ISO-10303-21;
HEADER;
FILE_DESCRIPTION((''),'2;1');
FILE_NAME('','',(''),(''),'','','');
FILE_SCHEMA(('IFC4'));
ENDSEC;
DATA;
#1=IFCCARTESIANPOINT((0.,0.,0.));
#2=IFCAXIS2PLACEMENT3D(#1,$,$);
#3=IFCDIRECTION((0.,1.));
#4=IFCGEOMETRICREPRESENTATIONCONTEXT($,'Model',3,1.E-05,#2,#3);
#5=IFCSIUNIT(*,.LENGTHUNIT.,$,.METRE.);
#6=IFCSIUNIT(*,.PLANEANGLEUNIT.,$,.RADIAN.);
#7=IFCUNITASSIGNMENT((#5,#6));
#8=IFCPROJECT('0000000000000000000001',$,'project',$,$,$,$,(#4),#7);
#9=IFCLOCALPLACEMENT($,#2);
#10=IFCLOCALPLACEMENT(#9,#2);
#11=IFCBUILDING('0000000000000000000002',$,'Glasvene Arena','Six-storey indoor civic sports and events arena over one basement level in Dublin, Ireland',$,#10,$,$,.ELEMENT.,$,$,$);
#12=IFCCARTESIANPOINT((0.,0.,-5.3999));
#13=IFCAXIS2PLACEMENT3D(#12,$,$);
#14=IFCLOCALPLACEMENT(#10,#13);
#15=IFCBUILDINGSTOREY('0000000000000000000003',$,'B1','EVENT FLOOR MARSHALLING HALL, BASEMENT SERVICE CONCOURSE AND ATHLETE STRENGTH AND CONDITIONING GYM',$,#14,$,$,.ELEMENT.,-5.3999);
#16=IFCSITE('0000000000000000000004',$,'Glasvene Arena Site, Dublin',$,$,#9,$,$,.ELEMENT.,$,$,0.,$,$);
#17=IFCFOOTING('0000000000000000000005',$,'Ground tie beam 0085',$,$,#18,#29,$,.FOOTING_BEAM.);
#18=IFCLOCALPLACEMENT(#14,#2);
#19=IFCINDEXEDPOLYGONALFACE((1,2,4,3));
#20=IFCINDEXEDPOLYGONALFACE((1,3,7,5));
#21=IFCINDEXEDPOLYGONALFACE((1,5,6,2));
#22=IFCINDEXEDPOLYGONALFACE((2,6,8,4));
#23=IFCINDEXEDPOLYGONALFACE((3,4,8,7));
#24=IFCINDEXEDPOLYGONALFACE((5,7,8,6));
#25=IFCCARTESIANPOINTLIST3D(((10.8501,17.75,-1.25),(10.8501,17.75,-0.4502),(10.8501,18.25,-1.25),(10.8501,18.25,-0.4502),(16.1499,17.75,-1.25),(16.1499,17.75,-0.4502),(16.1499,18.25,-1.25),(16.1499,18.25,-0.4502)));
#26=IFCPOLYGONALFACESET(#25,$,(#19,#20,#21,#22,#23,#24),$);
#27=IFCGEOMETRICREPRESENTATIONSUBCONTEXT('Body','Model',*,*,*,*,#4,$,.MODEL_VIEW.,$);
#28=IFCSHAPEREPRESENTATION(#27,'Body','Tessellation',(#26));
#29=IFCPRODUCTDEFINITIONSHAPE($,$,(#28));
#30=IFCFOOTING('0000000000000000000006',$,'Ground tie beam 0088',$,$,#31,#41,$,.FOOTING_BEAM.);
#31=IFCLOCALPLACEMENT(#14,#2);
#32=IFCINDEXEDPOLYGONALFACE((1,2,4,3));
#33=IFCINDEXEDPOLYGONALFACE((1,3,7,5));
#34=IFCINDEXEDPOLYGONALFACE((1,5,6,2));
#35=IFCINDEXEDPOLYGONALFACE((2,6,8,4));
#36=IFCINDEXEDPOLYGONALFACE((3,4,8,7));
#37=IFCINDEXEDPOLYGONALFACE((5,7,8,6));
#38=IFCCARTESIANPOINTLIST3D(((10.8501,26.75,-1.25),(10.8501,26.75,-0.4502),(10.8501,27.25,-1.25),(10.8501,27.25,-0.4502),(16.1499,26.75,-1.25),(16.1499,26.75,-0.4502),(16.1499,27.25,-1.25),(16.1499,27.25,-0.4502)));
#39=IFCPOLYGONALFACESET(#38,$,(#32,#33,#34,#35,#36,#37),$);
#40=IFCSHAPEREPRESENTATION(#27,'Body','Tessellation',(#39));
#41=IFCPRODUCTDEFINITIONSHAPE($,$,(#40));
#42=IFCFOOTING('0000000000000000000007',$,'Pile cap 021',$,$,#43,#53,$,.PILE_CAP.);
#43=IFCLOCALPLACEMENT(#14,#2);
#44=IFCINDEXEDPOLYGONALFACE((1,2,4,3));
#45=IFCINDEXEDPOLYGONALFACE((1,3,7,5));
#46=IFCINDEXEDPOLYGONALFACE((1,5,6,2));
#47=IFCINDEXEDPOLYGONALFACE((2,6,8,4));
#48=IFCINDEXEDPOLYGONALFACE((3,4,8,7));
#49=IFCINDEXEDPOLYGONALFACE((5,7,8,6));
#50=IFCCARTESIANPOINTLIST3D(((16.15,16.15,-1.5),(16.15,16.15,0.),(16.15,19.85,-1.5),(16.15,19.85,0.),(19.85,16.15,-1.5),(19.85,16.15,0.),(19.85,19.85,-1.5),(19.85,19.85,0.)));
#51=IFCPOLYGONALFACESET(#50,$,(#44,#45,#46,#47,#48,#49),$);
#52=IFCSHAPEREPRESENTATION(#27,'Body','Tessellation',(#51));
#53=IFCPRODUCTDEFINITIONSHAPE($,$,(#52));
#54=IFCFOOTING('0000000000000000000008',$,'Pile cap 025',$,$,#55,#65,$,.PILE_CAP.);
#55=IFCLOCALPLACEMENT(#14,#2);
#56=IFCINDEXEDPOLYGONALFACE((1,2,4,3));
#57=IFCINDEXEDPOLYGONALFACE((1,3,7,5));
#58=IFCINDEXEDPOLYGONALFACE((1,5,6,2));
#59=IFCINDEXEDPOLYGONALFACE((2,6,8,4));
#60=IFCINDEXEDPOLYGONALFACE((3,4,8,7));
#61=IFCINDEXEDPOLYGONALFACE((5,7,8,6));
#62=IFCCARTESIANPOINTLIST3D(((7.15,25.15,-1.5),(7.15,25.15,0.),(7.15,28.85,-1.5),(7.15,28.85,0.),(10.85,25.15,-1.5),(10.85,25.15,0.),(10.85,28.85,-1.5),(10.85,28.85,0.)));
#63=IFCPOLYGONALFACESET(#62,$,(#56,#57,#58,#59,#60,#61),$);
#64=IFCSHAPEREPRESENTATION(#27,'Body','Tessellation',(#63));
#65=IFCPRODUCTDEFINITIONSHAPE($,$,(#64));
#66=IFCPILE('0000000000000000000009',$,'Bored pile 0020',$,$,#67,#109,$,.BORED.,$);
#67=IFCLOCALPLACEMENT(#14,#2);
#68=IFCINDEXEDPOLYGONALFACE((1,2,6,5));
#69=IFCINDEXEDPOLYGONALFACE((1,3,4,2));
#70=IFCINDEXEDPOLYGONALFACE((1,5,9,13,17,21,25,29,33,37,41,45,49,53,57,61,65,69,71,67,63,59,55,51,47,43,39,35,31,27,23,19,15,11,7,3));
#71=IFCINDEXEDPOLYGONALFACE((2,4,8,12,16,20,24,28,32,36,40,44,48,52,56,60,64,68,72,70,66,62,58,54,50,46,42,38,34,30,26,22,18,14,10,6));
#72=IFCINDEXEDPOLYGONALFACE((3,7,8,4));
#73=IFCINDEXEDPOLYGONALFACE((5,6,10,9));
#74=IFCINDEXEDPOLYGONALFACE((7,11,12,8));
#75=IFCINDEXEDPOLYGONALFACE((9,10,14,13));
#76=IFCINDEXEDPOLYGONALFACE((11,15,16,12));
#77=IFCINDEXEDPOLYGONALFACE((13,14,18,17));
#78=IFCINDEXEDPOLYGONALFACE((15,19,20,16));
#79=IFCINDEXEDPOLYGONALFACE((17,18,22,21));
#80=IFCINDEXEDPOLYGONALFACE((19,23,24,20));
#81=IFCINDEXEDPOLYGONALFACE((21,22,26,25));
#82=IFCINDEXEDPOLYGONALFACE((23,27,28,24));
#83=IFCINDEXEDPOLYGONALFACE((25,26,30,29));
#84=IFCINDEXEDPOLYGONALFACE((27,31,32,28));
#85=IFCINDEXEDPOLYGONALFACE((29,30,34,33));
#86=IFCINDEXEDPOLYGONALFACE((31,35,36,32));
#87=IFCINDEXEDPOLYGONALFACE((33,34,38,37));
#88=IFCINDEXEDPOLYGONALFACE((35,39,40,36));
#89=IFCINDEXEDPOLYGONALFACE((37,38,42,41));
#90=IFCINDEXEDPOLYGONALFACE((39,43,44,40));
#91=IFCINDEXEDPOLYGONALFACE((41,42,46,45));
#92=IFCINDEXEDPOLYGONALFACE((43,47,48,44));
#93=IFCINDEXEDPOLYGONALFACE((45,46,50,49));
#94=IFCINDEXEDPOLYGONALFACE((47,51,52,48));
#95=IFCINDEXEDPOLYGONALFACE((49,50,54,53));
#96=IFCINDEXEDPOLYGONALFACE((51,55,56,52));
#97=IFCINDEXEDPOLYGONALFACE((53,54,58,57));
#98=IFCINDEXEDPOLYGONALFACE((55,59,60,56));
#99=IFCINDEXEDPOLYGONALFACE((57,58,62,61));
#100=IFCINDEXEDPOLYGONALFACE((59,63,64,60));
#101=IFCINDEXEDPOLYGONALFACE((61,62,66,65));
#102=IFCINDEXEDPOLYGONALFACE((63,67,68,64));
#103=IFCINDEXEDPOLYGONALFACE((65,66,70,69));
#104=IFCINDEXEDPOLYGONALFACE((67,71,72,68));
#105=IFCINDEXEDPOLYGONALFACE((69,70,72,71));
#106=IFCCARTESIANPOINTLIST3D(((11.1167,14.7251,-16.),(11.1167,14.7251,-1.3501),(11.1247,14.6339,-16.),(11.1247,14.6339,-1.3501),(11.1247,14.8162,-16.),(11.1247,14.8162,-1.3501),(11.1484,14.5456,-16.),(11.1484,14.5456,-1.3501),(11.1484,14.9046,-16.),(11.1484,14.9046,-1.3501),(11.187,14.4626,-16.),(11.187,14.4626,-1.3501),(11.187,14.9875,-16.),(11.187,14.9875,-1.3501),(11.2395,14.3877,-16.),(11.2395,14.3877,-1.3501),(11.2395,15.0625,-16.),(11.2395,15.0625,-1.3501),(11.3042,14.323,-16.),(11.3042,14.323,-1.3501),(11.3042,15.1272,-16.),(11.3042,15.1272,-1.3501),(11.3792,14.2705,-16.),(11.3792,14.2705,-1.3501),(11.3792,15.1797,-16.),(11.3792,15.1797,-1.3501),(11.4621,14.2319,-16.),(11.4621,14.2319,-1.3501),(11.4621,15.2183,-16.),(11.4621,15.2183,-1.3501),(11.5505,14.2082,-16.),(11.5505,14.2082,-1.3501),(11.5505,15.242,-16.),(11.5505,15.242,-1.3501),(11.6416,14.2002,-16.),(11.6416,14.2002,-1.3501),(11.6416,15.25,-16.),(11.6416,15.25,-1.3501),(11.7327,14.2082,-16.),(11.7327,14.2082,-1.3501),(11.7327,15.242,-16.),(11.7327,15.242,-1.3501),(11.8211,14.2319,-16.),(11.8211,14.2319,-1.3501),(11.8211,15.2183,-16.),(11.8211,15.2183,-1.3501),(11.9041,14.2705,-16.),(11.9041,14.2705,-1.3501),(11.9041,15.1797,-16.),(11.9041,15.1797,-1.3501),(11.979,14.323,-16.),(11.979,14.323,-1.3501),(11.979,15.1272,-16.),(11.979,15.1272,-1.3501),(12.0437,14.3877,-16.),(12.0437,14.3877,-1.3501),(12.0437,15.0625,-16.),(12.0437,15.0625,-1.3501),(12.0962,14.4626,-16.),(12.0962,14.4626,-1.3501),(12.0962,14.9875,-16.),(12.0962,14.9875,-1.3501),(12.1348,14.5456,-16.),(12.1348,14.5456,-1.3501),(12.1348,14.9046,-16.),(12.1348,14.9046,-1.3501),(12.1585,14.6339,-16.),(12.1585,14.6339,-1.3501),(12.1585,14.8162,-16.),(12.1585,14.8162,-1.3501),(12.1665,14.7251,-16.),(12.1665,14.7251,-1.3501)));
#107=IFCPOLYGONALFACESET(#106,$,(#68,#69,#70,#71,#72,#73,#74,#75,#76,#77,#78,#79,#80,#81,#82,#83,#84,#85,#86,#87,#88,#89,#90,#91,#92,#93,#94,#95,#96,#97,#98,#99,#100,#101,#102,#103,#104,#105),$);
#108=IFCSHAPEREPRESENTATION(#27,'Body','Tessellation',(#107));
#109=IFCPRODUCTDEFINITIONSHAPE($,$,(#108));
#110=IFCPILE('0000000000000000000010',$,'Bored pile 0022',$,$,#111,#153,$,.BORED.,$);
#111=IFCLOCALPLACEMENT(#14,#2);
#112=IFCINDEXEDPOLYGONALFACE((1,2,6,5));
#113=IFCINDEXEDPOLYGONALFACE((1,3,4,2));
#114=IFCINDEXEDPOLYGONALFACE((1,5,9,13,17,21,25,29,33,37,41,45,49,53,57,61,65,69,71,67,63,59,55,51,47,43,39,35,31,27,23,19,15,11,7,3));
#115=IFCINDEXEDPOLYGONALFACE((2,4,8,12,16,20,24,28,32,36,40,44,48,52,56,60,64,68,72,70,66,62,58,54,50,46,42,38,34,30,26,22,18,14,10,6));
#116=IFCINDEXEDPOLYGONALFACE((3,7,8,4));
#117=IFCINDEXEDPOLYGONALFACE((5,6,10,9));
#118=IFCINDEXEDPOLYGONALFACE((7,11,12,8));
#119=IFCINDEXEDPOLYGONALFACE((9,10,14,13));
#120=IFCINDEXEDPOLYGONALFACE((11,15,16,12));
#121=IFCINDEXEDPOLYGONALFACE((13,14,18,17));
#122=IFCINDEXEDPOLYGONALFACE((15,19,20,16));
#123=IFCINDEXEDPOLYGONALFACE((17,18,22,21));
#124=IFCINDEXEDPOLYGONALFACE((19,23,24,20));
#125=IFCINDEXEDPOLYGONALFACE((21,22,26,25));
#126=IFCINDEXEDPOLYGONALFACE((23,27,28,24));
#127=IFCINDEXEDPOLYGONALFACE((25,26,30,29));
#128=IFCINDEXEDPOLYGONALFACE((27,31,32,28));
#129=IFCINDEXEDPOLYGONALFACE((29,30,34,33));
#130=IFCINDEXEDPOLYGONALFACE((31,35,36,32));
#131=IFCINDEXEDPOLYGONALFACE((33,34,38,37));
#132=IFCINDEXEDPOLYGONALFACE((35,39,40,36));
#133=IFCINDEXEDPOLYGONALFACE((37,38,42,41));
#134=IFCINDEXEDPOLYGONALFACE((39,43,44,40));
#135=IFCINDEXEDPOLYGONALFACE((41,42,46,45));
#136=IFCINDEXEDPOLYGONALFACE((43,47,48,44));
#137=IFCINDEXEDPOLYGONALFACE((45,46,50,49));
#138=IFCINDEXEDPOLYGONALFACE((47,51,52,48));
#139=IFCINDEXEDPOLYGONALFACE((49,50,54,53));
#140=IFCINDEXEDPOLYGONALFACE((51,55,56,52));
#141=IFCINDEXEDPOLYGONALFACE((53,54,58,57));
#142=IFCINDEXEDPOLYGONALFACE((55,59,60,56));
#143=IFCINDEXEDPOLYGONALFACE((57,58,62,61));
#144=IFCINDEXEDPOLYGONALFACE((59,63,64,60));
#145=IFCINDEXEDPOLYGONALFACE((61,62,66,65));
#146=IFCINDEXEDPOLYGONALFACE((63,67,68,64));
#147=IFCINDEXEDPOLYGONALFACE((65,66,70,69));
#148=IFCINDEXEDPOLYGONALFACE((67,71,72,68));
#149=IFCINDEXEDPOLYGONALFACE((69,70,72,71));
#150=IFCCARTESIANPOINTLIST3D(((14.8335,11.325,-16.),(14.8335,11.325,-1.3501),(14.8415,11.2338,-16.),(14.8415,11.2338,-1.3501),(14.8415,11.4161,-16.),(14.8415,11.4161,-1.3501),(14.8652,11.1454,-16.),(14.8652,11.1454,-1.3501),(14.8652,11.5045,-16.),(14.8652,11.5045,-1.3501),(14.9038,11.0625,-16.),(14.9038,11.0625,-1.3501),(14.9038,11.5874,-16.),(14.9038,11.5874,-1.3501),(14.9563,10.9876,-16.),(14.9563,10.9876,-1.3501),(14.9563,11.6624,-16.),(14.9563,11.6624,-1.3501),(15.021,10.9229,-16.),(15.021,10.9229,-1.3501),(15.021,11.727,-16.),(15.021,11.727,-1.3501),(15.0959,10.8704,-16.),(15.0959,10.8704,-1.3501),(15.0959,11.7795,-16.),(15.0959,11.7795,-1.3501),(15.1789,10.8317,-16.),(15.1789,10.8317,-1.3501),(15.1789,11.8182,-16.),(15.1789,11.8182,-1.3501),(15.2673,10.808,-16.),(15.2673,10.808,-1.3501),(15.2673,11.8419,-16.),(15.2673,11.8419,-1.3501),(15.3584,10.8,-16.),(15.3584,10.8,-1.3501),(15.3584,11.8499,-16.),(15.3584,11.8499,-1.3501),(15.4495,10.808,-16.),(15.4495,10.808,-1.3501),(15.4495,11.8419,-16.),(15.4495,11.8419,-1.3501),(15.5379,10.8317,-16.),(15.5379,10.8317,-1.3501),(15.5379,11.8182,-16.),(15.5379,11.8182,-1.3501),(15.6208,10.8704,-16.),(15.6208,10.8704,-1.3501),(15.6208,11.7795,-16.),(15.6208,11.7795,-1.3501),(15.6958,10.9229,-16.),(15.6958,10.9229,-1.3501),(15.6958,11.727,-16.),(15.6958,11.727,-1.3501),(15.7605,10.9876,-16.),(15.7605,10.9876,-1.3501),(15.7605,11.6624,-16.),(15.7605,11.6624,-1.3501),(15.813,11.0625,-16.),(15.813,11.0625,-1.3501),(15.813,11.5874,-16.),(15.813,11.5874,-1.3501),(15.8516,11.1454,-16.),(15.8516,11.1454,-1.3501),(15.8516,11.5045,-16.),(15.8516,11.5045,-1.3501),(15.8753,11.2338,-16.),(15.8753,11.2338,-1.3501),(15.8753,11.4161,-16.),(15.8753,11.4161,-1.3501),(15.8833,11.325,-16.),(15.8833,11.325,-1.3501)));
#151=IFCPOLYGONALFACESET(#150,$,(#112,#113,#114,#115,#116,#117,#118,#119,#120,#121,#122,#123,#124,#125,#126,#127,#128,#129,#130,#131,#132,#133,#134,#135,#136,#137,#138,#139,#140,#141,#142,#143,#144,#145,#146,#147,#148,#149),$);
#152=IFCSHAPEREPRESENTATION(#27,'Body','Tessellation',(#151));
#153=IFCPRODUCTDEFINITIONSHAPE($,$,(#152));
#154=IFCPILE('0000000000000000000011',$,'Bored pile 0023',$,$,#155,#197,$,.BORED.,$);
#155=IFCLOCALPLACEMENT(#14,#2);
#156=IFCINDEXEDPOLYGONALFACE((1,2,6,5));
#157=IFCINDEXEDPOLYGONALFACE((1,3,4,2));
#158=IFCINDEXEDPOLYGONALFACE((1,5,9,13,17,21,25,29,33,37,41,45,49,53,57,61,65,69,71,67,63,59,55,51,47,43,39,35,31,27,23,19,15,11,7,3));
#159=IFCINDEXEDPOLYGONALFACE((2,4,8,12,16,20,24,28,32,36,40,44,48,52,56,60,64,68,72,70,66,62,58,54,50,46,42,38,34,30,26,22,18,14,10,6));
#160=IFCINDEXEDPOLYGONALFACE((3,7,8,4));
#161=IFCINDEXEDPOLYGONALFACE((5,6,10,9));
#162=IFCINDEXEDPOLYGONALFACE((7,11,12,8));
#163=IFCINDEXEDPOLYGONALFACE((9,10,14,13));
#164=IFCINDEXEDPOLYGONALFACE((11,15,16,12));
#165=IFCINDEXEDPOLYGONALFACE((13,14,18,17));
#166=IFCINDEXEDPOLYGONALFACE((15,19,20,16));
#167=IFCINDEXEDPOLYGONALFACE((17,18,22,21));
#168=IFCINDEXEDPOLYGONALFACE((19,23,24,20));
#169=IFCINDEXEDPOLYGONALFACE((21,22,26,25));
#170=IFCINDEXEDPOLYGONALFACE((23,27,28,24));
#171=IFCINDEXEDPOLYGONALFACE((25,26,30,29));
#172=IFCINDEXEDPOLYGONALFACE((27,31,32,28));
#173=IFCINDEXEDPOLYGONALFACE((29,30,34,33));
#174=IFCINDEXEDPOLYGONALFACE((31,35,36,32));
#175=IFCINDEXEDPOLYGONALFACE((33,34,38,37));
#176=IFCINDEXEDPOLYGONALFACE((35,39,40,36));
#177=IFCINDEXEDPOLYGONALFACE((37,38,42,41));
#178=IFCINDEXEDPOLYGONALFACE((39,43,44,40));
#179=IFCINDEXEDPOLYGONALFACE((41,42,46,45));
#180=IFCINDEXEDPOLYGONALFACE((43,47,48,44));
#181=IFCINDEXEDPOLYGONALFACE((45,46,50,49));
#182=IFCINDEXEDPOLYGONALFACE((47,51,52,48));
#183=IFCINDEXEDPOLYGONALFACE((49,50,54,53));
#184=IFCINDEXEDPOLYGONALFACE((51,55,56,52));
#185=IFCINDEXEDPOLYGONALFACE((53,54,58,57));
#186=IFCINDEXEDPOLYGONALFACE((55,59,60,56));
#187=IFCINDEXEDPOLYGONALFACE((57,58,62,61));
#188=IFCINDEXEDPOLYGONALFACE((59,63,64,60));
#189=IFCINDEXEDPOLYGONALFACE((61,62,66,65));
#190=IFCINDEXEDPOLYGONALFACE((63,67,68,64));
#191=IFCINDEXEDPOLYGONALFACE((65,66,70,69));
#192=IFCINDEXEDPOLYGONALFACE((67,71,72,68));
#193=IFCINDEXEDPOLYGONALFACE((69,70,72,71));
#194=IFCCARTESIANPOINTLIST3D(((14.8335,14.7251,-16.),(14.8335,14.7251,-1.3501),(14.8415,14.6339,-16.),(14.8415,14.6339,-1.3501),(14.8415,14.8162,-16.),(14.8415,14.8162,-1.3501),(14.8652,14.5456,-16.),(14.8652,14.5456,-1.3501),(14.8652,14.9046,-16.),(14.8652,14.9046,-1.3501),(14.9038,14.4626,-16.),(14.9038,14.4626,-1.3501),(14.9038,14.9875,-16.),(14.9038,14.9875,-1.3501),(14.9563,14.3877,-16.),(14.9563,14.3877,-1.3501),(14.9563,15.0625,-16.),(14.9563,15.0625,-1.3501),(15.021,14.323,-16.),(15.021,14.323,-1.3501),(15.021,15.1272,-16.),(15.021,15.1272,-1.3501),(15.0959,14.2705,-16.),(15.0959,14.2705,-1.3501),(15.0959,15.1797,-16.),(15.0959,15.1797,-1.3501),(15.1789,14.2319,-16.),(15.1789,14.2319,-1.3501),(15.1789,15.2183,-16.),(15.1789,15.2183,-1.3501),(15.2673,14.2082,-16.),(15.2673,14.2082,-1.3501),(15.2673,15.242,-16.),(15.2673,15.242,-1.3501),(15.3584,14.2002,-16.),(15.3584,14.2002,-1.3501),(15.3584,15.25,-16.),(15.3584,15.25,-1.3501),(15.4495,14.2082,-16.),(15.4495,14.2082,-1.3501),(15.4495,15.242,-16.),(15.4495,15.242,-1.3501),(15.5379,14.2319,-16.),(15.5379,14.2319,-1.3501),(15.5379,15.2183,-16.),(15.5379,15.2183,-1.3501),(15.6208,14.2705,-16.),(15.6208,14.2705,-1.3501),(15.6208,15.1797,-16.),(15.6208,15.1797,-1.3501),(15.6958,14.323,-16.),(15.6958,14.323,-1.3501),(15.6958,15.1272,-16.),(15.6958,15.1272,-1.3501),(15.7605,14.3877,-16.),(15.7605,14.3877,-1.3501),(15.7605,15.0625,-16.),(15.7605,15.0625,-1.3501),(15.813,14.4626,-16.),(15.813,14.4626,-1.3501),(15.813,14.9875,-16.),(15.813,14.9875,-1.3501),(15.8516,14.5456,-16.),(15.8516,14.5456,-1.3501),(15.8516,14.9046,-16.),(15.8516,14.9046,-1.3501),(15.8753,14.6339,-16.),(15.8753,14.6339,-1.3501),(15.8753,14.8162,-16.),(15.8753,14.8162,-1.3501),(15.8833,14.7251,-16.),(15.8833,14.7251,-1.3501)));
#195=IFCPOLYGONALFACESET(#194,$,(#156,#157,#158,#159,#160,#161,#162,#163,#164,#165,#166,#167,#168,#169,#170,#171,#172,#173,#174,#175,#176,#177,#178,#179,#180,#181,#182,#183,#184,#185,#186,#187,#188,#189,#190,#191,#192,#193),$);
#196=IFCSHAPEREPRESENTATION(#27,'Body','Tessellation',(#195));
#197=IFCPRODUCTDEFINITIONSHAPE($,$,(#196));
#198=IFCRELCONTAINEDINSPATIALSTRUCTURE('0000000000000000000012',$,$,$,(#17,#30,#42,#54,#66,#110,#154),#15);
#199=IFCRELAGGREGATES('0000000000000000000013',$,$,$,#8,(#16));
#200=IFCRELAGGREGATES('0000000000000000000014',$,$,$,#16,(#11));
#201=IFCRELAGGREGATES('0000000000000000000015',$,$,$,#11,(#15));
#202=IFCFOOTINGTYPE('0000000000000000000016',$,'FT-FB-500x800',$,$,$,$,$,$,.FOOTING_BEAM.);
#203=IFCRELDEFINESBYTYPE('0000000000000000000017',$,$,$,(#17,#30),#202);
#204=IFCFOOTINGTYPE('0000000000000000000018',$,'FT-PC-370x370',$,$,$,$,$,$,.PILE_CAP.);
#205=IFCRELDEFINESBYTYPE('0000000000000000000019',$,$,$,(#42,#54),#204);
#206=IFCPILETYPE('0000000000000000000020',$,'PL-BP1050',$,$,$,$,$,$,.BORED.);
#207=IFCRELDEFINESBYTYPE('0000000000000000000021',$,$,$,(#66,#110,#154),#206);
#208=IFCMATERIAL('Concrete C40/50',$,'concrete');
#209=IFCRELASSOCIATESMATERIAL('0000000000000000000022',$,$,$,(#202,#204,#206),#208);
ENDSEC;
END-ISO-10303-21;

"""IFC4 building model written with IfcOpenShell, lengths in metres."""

from ifc_helpers import new_model, si_unit, direction, frame, origin, origin_2d, place, context, subcontext, project, spatial, polyline, rectangle, circle, outline, extrude, material, material_profile, profile_set, type_object, element, save


model = new_model("IFC4")

# Units and contexts
model_context = context("Model", 3, precision=1e-05, world=origin(), true_north=direction((0.0, 1.0)))
body_context = subcontext(model_context, "Body", "Model", "MODEL_VIEW")
ifc_project = project(units=[si_unit("LENGTHUNIT", "METRE"), si_unit("PLANEANGLEUNIT", "RADIAN")], contexts=[model_context])

# Site, building, storey
site_placement = place(None, origin())
site = spatial("IfcSite", under=ifc_project, at=site_placement, Name="Glasvene Arena Site, Dublin", CompositionType="ELEMENT", RefElevation=0.0)
building_placement = place(site_placement, origin())
building = spatial("IfcBuilding", under=site, at=building_placement, Name="Glasvene Arena", Description="Six-storey indoor civic sports and events arena over one basement level in Dublin, Ireland", CompositionType="ELEMENT")
storey_placement = place(building_placement, frame((0.0, 0.0, -5.3999)))
storey = spatial("IfcBuildingStorey", under=building, at=storey_placement, Name="B1", Description="EVENT FLOOR MARSHALLING HALL, BASEMENT SERVICE CONCOURSE AND ATHLETE STRENGTH AND CONDITIONING GYM", CompositionType="ELEMENT", Elevation=-5.3999)

# Footings
ifc_material_1 = material(Name="Concrete C40/50", Category="concrete")
footing_type_1 = type_object("IfcFootingType", Name="FT-FB-500x800", PredefinedType="FOOTING_BEAM", material=ifc_material_1)
for number, where, name in (
    (1, (13.5, 18.0, -1.25), "Ground tie beam 0085"),
    (2, (13.5, 27.0, -1.25), "Ground tie beam 0088"),
):
    element("IfcFooting", number, at=place(storey_placement, frame(where)), inside=storey, type_object=footing_type_1, Name=name, PredefinedType="FOOTING_BEAM", context=body_context, shape_type="SweptSolid", body=[
        extrude(outline(polyline([(-2.6499, -0.25), (2.6499, -0.25), (2.6499, 0.25), (-2.6499, 0.25), (-2.6499, -0.25)])), origin(), (0.0, 0.0, 1.0), 0.7998),
    ])
footing_type_2 = type_object("IfcFootingType", Name="FT-PC-370x370", PredefinedType="PILE_CAP", material=ifc_material_1)
for number, where, z_axis, x_axis, name in (
    (3, (18.0, 18.0, -1.5), (0.0, 0.0, 1.0), (1.0, 0.0, 0.0), "Pile cap 021"),
    (4, (9.0, 27.0, -1.5), (0.0, 0.0, 1.0), (1.0, 0.0, 0.0), "Pile cap 025"),
):
    element("IfcFooting", number, at=place(storey_placement, frame(where, z_axis=z_axis, x_axis=x_axis)), inside=storey, type_object=footing_type_2, Name=name, PredefinedType="PILE_CAP", context=body_context, shape_type="SweptSolid", body=[
        extrude(rectangle(XDim=3.7, YDim=3.7, at=origin_2d()), origin(), (0.0, 0.0, 1.0), 1.5),
    ])

# Piles
ifc_material_profile_1 = material_profile(ifc_material_1, circle(Radius=0.5249, at=origin_2d()), Name="BORED PILE 1050")
ifc_profile_set_1 = profile_set([ifc_material_profile_1], Name="Concrete C40/50")
pile_type_1 = type_object("IfcPileType", Name="PL-BP1050", PredefinedType="BORED", material=ifc_profile_set_1)
for number, where, z_axis, x_axis, name in (
    (5, (11.6416, 14.7251, -1.3501), (0.0, 0.0, -1.0), (1.0, 0.0, 0.0), "Bored pile 0020"),
    (6, (15.3584, 11.325, -1.3501), (0.0, 0.0, -1.0), (1.0, 0.0, 0.0), "Bored pile 0022"),
    (7, (15.3584, 14.7251, -1.3501), (0.0, 0.0, -1.0), (1.0, 0.0, 0.0), "Bored pile 0023"),
):
    element("IfcPile", number, at=place(storey_placement, frame(where, z_axis=z_axis, x_axis=x_axis)), inside=storey, type_object=pile_type_1, Name=name, PredefinedType="BORED", context=body_context, shape_type="SweptSolid", body=[
        extrude(circle(Radius=0.5249, at=origin_2d()), origin(), (0.0, 0.0, 1.0), 14.6499),
    ])

save(model, "model.ifc")
